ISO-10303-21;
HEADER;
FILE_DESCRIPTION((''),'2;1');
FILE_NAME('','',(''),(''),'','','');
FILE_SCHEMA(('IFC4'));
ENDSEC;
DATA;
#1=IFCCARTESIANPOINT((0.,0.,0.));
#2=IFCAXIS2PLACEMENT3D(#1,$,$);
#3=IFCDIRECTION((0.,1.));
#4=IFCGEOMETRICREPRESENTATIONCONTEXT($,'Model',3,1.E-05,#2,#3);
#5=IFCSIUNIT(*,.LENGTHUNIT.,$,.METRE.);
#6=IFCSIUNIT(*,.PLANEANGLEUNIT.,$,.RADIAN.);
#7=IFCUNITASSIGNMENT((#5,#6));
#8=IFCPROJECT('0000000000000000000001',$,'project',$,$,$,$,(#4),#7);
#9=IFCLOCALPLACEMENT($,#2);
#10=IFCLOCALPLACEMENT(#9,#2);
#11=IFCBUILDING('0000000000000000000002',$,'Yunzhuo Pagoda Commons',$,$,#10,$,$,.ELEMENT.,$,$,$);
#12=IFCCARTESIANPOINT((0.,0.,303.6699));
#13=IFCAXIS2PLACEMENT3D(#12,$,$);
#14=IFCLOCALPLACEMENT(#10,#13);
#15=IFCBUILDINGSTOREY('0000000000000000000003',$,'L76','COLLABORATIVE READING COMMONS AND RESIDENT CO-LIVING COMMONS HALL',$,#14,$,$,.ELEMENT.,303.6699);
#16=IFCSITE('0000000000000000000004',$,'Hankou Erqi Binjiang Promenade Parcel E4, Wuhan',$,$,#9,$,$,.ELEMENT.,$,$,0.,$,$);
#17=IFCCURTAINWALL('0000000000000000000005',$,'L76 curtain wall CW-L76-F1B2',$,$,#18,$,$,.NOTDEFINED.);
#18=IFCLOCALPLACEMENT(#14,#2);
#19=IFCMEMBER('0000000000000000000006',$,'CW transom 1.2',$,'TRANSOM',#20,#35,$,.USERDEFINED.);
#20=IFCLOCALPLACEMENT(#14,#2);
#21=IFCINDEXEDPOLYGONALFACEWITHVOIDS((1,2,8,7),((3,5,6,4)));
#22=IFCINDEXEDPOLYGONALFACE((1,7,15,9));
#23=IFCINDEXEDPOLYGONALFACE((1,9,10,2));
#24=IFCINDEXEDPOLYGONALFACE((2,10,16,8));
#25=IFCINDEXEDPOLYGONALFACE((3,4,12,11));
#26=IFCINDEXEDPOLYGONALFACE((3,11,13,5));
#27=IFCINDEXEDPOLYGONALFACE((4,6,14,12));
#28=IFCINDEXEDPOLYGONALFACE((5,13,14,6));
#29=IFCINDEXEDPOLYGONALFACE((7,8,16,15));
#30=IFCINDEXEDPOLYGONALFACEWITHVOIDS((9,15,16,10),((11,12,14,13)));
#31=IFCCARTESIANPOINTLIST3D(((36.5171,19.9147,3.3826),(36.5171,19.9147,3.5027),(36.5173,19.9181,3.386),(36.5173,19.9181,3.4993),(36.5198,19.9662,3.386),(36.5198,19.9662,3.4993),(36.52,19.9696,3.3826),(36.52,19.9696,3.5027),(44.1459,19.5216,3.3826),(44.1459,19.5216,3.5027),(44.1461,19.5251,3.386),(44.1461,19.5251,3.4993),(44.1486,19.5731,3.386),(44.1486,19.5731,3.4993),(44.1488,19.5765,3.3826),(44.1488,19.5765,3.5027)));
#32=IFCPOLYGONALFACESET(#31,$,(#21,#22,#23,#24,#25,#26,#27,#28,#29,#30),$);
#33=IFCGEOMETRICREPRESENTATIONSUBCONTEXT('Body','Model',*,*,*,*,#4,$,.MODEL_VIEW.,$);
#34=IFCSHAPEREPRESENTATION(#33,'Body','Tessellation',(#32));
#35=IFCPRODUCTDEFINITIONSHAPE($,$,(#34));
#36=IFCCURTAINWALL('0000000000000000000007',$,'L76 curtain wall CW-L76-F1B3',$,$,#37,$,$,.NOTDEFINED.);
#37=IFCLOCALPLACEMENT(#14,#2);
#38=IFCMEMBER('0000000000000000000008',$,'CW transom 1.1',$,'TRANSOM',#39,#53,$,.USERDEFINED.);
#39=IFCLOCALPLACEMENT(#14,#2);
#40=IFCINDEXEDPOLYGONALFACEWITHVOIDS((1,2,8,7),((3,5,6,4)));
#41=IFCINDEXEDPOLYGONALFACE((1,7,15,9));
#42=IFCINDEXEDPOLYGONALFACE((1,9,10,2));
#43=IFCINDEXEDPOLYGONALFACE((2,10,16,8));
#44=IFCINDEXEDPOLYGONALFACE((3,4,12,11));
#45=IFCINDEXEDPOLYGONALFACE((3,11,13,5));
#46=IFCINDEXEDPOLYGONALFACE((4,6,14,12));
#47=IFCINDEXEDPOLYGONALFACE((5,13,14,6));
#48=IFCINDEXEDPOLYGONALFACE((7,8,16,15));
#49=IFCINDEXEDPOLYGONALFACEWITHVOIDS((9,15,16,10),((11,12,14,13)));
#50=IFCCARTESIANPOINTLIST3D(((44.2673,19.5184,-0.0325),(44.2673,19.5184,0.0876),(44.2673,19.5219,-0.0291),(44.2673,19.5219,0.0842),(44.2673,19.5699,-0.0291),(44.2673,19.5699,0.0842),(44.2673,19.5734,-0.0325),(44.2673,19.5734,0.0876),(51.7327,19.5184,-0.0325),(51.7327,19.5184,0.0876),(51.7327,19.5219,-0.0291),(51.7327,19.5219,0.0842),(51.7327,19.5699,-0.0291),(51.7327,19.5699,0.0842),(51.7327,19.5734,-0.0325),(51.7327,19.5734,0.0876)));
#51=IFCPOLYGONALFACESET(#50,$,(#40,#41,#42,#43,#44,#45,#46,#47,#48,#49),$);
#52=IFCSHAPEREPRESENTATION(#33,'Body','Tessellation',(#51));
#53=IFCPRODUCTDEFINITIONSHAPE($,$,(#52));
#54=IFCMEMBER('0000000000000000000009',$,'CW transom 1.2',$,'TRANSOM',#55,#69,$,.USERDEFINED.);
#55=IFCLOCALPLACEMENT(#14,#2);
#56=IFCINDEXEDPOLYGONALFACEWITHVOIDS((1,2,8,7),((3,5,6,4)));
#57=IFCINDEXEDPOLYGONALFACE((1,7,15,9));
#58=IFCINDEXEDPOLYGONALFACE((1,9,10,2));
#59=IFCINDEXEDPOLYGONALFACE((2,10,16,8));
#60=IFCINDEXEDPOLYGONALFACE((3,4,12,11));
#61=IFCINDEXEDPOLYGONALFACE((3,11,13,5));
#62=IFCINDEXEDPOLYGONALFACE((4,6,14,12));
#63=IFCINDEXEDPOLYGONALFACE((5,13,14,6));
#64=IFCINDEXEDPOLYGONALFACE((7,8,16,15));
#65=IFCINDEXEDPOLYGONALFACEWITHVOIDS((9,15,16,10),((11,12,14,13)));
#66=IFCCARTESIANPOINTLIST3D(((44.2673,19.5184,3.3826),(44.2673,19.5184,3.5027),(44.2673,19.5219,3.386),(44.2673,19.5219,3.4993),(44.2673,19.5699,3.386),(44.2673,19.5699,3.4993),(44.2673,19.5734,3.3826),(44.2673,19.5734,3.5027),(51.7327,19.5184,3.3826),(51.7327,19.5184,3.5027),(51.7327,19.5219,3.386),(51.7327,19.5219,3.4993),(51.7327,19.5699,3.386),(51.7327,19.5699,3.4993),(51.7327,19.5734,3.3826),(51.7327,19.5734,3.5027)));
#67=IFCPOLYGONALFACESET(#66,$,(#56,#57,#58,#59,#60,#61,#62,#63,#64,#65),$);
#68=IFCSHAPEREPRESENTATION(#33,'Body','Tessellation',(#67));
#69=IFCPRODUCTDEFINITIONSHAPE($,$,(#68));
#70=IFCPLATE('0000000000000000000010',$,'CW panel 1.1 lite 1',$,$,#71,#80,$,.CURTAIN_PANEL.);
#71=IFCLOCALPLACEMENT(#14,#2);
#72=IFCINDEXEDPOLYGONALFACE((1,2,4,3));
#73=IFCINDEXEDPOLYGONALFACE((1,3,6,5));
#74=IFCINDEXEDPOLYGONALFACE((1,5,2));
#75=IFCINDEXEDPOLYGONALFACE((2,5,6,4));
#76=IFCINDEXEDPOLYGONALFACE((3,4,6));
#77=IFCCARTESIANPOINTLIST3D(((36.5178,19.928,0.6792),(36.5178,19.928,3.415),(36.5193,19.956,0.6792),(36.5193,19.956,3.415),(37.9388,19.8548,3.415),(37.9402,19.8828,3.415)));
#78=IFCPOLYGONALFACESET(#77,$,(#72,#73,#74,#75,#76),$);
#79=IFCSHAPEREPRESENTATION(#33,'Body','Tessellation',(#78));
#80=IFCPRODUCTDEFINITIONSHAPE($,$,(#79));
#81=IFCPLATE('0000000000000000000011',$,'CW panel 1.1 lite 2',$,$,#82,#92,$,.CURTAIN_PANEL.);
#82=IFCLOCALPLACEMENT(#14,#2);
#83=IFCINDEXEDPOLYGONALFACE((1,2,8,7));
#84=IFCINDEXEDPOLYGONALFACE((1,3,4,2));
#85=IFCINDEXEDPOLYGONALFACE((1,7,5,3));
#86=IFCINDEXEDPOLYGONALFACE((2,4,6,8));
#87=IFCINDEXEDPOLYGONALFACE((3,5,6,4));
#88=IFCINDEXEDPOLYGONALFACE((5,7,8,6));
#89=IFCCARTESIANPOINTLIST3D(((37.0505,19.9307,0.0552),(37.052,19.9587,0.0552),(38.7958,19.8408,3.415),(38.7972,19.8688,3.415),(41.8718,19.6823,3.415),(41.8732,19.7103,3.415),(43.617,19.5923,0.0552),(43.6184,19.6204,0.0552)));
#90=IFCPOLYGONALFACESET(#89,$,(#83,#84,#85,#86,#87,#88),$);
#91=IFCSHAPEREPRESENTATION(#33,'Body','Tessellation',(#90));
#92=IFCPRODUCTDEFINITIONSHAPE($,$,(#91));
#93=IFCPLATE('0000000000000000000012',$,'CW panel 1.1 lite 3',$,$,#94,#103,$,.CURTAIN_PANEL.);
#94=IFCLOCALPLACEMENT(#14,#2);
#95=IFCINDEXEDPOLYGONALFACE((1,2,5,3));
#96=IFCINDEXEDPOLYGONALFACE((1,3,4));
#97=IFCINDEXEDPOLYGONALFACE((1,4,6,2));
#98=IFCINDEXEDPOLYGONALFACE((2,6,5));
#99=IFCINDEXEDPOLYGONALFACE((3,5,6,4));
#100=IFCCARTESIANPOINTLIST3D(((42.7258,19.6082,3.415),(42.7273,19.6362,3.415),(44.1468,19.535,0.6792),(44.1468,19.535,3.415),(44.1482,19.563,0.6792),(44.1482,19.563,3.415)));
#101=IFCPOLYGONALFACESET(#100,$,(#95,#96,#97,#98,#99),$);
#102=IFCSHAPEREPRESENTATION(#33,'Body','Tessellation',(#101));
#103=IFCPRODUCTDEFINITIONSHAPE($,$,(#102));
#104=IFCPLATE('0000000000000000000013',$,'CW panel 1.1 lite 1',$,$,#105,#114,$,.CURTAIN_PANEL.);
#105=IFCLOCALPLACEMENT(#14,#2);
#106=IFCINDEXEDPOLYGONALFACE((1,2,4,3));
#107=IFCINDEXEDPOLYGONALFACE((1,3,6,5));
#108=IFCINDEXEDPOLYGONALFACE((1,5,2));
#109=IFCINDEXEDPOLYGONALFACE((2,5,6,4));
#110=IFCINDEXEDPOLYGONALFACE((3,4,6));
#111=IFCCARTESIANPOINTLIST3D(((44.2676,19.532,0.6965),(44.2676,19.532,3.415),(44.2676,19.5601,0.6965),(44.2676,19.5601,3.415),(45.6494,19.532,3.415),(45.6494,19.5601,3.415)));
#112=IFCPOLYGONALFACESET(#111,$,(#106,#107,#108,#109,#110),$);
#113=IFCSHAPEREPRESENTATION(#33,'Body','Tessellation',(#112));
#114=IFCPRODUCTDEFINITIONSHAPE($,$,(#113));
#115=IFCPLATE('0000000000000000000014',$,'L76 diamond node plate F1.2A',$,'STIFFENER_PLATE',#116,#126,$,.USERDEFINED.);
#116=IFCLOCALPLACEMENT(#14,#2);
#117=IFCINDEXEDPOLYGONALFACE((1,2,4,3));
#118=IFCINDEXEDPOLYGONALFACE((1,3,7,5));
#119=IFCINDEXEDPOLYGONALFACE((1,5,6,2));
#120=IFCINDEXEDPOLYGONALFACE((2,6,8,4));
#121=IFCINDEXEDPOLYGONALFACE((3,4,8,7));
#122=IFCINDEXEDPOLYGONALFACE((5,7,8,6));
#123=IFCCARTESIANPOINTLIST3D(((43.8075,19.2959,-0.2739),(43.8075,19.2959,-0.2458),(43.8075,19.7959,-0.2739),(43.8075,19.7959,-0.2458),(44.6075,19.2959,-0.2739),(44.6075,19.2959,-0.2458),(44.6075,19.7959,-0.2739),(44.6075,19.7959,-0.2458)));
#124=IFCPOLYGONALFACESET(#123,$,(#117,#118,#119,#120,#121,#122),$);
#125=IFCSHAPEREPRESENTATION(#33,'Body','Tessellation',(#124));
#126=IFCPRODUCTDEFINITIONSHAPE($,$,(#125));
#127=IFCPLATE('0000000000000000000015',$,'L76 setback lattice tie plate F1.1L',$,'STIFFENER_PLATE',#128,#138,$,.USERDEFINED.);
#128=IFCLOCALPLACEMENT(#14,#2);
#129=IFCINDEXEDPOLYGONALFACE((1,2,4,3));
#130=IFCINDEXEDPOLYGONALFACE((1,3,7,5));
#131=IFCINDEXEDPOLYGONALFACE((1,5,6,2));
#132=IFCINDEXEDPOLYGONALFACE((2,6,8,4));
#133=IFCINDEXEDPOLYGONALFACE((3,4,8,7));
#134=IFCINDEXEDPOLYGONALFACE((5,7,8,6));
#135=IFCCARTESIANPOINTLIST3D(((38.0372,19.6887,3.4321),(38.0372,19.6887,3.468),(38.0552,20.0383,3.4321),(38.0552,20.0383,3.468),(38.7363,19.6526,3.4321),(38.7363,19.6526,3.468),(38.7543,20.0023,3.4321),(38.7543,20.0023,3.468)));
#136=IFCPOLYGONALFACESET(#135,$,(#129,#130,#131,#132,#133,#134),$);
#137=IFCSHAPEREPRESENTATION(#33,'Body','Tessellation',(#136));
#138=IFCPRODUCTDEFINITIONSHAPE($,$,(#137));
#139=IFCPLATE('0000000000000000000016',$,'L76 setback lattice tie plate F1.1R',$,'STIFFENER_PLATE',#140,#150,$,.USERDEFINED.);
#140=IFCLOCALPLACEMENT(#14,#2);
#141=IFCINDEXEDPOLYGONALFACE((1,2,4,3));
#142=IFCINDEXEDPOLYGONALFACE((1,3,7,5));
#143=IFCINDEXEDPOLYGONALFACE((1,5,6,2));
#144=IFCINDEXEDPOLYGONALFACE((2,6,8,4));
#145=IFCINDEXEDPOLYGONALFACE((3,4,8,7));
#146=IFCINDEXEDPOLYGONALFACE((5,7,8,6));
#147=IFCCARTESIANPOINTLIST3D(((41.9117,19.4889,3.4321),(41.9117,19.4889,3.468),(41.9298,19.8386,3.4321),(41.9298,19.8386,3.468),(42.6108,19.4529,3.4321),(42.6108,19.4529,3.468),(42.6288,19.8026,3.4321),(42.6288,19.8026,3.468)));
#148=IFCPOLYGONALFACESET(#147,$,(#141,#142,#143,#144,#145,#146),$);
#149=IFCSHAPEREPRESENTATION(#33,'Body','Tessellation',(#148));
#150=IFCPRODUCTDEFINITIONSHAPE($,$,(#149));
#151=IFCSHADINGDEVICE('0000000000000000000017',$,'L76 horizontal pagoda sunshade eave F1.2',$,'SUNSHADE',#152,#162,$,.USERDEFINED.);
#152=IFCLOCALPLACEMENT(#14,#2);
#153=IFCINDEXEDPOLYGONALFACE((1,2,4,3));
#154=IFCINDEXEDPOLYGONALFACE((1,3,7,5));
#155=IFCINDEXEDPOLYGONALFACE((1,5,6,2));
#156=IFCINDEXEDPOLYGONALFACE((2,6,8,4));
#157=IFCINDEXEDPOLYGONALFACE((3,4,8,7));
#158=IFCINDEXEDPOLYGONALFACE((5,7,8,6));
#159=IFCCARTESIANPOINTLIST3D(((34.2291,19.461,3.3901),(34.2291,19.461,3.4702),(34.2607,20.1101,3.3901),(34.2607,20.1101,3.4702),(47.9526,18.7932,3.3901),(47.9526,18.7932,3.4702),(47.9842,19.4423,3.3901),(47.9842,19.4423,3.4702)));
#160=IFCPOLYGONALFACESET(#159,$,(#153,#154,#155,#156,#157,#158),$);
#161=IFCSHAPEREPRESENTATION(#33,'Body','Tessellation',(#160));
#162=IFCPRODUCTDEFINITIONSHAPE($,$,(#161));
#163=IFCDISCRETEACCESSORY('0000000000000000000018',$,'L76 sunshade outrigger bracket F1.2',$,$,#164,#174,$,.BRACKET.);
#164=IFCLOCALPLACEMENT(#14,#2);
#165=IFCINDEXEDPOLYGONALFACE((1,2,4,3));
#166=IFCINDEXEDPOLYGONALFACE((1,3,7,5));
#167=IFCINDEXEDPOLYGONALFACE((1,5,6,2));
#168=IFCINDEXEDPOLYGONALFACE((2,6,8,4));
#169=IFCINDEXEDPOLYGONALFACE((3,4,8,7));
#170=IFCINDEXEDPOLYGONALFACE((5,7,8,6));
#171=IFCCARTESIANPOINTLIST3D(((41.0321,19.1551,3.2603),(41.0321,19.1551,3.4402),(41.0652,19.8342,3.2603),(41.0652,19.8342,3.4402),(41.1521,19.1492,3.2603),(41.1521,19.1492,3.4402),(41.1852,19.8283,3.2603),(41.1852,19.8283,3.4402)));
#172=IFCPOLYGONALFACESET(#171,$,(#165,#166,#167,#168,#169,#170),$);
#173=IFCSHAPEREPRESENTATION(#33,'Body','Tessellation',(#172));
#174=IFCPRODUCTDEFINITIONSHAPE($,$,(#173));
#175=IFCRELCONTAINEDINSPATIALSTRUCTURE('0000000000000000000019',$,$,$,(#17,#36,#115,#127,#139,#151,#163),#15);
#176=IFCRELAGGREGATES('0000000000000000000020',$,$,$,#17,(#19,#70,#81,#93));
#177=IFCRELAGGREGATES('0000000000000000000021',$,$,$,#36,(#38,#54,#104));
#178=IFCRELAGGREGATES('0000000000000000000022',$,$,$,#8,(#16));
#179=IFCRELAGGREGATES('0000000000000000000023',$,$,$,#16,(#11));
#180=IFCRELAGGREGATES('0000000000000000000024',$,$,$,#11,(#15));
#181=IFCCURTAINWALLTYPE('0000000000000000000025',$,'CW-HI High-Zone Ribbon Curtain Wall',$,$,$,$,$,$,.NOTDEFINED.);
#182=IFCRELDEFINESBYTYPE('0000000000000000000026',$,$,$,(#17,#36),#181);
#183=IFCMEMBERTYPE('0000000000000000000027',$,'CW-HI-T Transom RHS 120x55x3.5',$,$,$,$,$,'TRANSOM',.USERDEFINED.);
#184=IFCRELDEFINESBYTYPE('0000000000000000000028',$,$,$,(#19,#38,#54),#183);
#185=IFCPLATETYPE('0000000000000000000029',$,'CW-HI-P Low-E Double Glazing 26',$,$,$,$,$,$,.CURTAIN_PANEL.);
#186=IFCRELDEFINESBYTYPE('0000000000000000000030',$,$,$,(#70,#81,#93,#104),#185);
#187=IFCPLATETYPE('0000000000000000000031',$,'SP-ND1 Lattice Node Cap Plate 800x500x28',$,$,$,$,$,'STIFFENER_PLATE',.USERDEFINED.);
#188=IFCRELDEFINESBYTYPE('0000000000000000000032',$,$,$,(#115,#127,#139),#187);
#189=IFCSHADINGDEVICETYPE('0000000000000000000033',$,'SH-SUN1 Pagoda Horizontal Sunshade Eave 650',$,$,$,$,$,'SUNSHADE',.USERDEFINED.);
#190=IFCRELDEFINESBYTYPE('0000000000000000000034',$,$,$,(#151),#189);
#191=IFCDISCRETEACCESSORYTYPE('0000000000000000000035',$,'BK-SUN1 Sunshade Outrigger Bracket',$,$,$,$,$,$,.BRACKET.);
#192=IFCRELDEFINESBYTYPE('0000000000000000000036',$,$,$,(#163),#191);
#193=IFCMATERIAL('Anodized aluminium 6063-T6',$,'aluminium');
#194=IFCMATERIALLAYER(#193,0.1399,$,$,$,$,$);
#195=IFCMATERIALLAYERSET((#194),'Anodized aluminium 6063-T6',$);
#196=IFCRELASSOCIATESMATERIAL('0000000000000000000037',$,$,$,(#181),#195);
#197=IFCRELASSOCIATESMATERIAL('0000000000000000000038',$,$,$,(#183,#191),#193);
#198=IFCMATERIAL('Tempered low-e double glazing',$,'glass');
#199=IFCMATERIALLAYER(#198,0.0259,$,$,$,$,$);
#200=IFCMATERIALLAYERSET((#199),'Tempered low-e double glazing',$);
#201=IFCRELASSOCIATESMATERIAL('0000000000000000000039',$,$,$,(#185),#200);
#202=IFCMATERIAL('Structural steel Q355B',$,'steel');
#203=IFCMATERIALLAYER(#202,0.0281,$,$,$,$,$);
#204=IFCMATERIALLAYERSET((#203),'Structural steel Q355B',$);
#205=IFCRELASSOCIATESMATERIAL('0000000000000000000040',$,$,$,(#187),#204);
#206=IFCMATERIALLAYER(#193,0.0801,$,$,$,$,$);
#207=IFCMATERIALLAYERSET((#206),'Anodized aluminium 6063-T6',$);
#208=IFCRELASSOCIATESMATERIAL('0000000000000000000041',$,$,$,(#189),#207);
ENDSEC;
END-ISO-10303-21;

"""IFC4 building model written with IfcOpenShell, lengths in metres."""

from ifc_helpers import new_model, si_unit, direction, frame, origin, origin_2d, place, context, subcontext, project, spatial, polyline, rectangle, hollow_rectangle, outline, extrude, source, transform, mapped, material, layer, layer_set, material_profile, profile_set, type_object, element, aggregate, save


model = new_model("IFC4")

# Units and contexts
model_context = context("Model", 3, precision=1e-05, world=origin(), true_north=direction((0.0, 1.0)))
body_context = subcontext(model_context, "Body", "Model", "MODEL_VIEW")
ifc_project = project(units=[si_unit("LENGTHUNIT", "METRE"), si_unit("PLANEANGLEUNIT", "RADIAN")], contexts=[model_context])

# Site, building, storey
site_placement = place(None, origin())
site = spatial("IfcSite", under=ifc_project, at=site_placement, Name="Hankou Erqi Binjiang Promenade Parcel E4, Wuhan", CompositionType="ELEMENT", RefElevation=0.0)
building_placement = place(site_placement, origin())
building = spatial("IfcBuilding", under=site, at=building_placement, Name="Yunzhuo Pagoda Commons", CompositionType="ELEMENT")
storey_placement = place(building_placement, frame((0.0, 0.0, 303.6699)))
storey = spatial("IfcBuildingStorey", under=building, at=storey_placement, Name="L76", Description="COLLABORATIVE READING COMMONS AND RESIDENT CO-LIVING COMMONS HALL", CompositionType="ELEMENT", Elevation=303.6699)

# Shared definitions
ifc_material_1 = material(Name="Structural steel Q355B", Category="steel")

# Curtain walls, members
ifc_material_2 = material(Name="Anodized aluminium 6063-T6", Category="aluminium")
ifc_layer_1 = layer(ifc_material_2, 0.1399)
ifc_layer_set_1 = layer_set([ifc_layer_1], Name="Anodized aluminium 6063-T6")
curtain_wall_type = type_object("IfcCurtainWallType", Name="CW-HI High-Zone Ribbon Curtain Wall", PredefinedType="NOTDEFINED", material=ifc_layer_set_1)
curtain_wall_1_placement = place(storey_placement, origin())
curtain_wall_1 = element("IfcCurtainWall", 1, at=curtain_wall_1_placement, inside=storey, type_object=curtain_wall_type, Name="L76 curtain wall CW-L76-F1B2", PredefinedType="NOTDEFINED")
ifc_material_profile_1 = material_profile(ifc_material_2, hollow_rectangle(XDim=0.0549, YDim=0.1201, WallThickness=0.0034, at=origin_2d()), Name="Anodized aluminium 6063-T6")
ifc_profile_set_1 = profile_set([ifc_material_profile_1], Name="Anodized aluminium 6063-T6")
member_type_1 = type_object("IfcMemberType", Name="CW-HI-T Transom RHS 120x55x3.5", ElementType="TRANSOM", PredefinedType="USERDEFINED", material=ifc_profile_set_1)
shared_shape_1 = source(origin(), body_context, "Body", "SweptSolid", [
    extrude(hollow_rectangle(XDim=0.0549, YDim=0.1201, WallThickness=0.0034, at=origin_2d()), origin(), (0.0, 0.0, 1.0), 7.6389),
])
member_1_placement = place(storey_placement, frame((36.5186, 19.9421, 3.4426), z_axis=(0.998675, -0.051455, 0.0), x_axis=(0.051455, 0.998675, 0.0)))
member_1 = element("IfcMember", 2, at=member_1_placement, type_object=member_type_1, Name="CW transom 1.2", ObjectType="TRANSOM", PredefinedType="USERDEFINED", context=body_context, shape_type="MappedRepresentation", body=[
    mapped(shared_shape_1, transform((0.0, 0.0, 0.0), scale=1.0)),
])
curtain_wall_2_placement = place(storey_placement, origin())
curtain_wall_2 = element("IfcCurtainWall", 3, at=curtain_wall_2_placement, inside=storey, type_object=curtain_wall_type, Name="L76 curtain wall CW-L76-F1B3", PredefinedType="NOTDEFINED")
shared_shape_2 = source(origin(), body_context, "Body", "SweptSolid", [
    extrude(hollow_rectangle(XDim=0.0549, YDim=0.1201, WallThickness=0.0034, at=origin_2d()), origin(), (0.0, 0.0, 1.0), 7.4653),
])
member_2_placement = place(storey_placement, frame((44.2673, 19.5459, 0.0276), z_axis=(1.0, 0.0, 0.0), x_axis=(0.0, 1.0, 0.0)))
member_2 = element("IfcMember", 4, at=member_2_placement, type_object=member_type_1, Name="CW transom 1.1", ObjectType="TRANSOM", PredefinedType="USERDEFINED", context=body_context, shape_type="MappedRepresentation", body=[
    mapped(shared_shape_2, transform((0.0, 0.0, 0.0), scale=1.0)),
])
member_3_placement = place(storey_placement, frame((44.2673, 19.5459, 3.4426), z_axis=(1.0, 0.0, 0.0), x_axis=(0.0, 1.0, 0.0)))
member_3 = element("IfcMember", 5, at=member_3_placement, type_object=member_type_1, Name="CW transom 1.2", ObjectType="TRANSOM", PredefinedType="USERDEFINED", context=body_context, shape_type="MappedRepresentation", body=[
    mapped(shared_shape_2, transform((0.0, 0.0, 0.0), scale=1.0)),
])

# Plates
ifc_material_3 = material(Name="Tempered low-e double glazing", Category="glass")
ifc_layer_2 = layer(ifc_material_3, 0.0259)
ifc_layer_set_2 = layer_set([ifc_layer_2], Name="Tempered low-e double glazing")
plate_type_1 = type_object("IfcPlateType", Name="CW-HI-P Low-E Double Glazing 26", PredefinedType="CURTAIN_PANEL", material=ifc_layer_set_2)
plate_1_placement = place(storey_placement, frame((37.2297, 19.9194, 2.0471), z_axis=(-0.051462, -0.998675, 0.0), x_axis=(0.998675, -0.051462, 0.0)))
plate_1 = element("IfcPlate", 6, at=plate_1_placement, type_object=plate_type_1, Name="CW panel 1.1 lite 1", PredefinedType="CURTAIN_PANEL", context=body_context, shape_type="SweptSolid", body=[
    extrude(outline(polyline([(-0.7114, -1.3679), (0.7114, 1.3679), (-0.7114, 1.3679), (-0.7114, -1.3679)])), origin(), (0.0, 0.0, 1.0), 0.0281),
])
plate_2_placement = place(storey_placement, frame((40.3352, 19.7896, 1.7351), z_axis=(-0.051462, -0.998675, 0.0), x_axis=(0.998675, -0.051462, 0.0)))
plate_2 = element("IfcPlate", 7, at=plate_2_placement, type_object=plate_type_1, Name="CW panel 1.1 lite 2", PredefinedType="CURTAIN_PANEL", context=body_context, shape_type="SweptSolid", body=[
    extrude(outline(polyline([(-3.2876, -1.6799), (3.2876, -1.6799), (1.54, 1.6799), (-1.54, 1.6799), (-3.2876, -1.6799)])), origin(), (0.0, 0.0, 1.0), 0.0281),
])
plate_3_placement = place(storey_placement, frame((43.4377, 19.5996, 2.0471), z_axis=(-0.051462, -0.998675, 0.0), x_axis=(0.998675, -0.051462, 0.0)))
plate_3 = element("IfcPlate", 8, at=plate_3_placement, type_object=plate_type_1, Name="CW panel 1.1 lite 3", PredefinedType="CURTAIN_PANEL", context=body_context, shape_type="SweptSolid", body=[
    extrude(outline(polyline([(-0.7114, 1.3679), (0.7114, -1.3679), (0.7114, 1.3679), (-0.7114, 1.3679)])), origin(), (0.0, 0.0, 1.0), 0.0281),
])
aggregate(curtain_wall_1, [member_1, plate_1, plate_2, plate_3])
plate_4_placement = place(storey_placement, frame((44.9585, 19.5601, 2.0557), z_axis=(0.0, -1.0, 0.0), x_axis=(1.0, 0.0, 0.0)))
plate_4 = element("IfcPlate", 9, at=plate_4_placement, type_object=plate_type_1, Name="CW panel 1.1 lite 1", PredefinedType="CURTAIN_PANEL", context=body_context, shape_type="SweptSolid", body=[
    extrude(outline(polyline([(-0.6909, -1.3591), (0.6909, 1.3594), (-0.6909, 1.3594), (-0.6909, -1.3591)])), origin(), (0.0, 0.0, 1.0), 0.0281),
])
aggregate(curtain_wall_2, [member_2, member_3, plate_4])

# Plates
ifc_layer_3 = layer(ifc_material_1, 0.0281)
ifc_layer_set_3 = layer_set([ifc_layer_3], Name="Structural steel Q355B")
plate_type_2 = type_object("IfcPlateType", Name="SP-ND1 Lattice Node Cap Plate 800x500x28", ElementType="STIFFENER_PLATE", PredefinedType="USERDEFINED", material=ifc_layer_set_3)
shared_shape_3 = source(origin(), body_context, "Body", "SweptSolid", [
    extrude(rectangle(XDim=0.8, YDim=0.5, at=origin_2d()), origin(), (0.0, 0.0, 1.0), 0.0281),
])
plate_5_placement = place(storey_placement, frame((44.2075, 19.5459, -0.2739), z_axis=(0.0, 0.0, 1.0), x_axis=(1.0, 0.0, 0.0)))
element("IfcPlate", 10, at=plate_5_placement, inside=storey, type_object=plate_type_2, Name="L76 diamond node plate F1.2A", ObjectType="STIFFENER_PLATE", PredefinedType="USERDEFINED", context=body_context, shape_type="MappedRepresentation", body=[
    mapped(shared_shape_3, transform((0.0, 0.0, 0.0), scale=1.0)),
])
shared_shape_4 = source(origin(), body_context, "Body", "SweptSolid", [
    extrude(rectangle(XDim=0.7, YDim=0.3501, at=origin_2d()), origin(), (0.0, 0.0, 1.0), 0.0359),
])
for number, where, z_axis, x_axis, name in (
    (11, (38.3958, 19.8455, 3.4321), (0.0, 0.0, 1.0), (0.998675, -0.051464, 0.0), "L76 setback lattice tie plate F1.1L"),
    (12, (42.2703, 19.6458, 3.4321), (0.0, 0.0, 1.0), (0.998675, -0.051464, 0.0), "L76 setback lattice tie plate F1.1R"),
):
    element("IfcPlate", number, at=place(storey_placement, frame(where, z_axis=z_axis, x_axis=x_axis)), inside=storey, type_object=plate_type_2, Name=name, ObjectType="STIFFENER_PLATE", PredefinedType="USERDEFINED", context=body_context, shape_type="MappedRepresentation", body=[
        mapped(shared_shape_4, transform((0.0, 0.0, 0.0), scale=1.0)),
    ])

# Shading device
ifc_layer_4 = layer(ifc_material_2, 0.0801)
ifc_layer_set_4 = layer_set([ifc_layer_4], Name="Anodized aluminium 6063-T6")
shading_device_type = type_object("IfcShadingDeviceType", Name="SH-SUN1 Pagoda Horizontal Sunshade Eave 650", ElementType="SUNSHADE", PredefinedType="USERDEFINED", material=ifc_layer_set_4)
shared_shape_5 = source(origin(), body_context, "Body", "SweptSolid", [
    extrude(rectangle(XDim=13.7397, YDim=0.6499, at=origin_2d()), origin(), (0.0, 0.0, 1.0), 0.0801),
])
shading_device_placement = place(storey_placement, frame((41.1067, 19.4517, 3.3901), z_axis=(0.0, 0.0, 1.0), x_axis=(0.998818, -0.048606, 0.0)))
element("IfcShadingDevice", 13, at=shading_device_placement, inside=storey, type_object=shading_device_type, Name="L76 horizontal pagoda sunshade eave F1.2", ObjectType="SUNSHADE", PredefinedType="USERDEFINED", context=body_context, shape_type="MappedRepresentation", body=[
    mapped(shared_shape_5, transform((0.0, 0.0, 0.0), scale=1.0)),
])

# Discrete accessory
discrete_accessory_type = type_object("IfcDiscreteAccessoryType", Name="BK-SUN1 Sunshade Outrigger Bracket", PredefinedType="BRACKET", material=ifc_material_2)
shared_shape_6 = source(origin(), body_context, "Body", "SweptSolid", [
    extrude(rectangle(XDim=0.1201, YDim=0.6799, at=origin_2d()), origin(), (0.0, 0.0, 1.0), 0.1799),
])
discrete_accessory_placement = place(storey_placement, frame((41.1086, 19.4917, 3.2603), z_axis=(0.0, 0.0, 1.0), x_axis=(0.998818, -0.048606, 0.0)))
element("IfcDiscreteAccessory", 14, at=discrete_accessory_placement, inside=storey, type_object=discrete_accessory_type, Name="L76 sunshade outrigger bracket F1.2", PredefinedType="BRACKET", context=body_context, shape_type="MappedRepresentation", body=[
    mapped(shared_shape_6, transform((0.0, 0.0, 0.0), scale=1.0)),
])

save(model, "model.ifc")
